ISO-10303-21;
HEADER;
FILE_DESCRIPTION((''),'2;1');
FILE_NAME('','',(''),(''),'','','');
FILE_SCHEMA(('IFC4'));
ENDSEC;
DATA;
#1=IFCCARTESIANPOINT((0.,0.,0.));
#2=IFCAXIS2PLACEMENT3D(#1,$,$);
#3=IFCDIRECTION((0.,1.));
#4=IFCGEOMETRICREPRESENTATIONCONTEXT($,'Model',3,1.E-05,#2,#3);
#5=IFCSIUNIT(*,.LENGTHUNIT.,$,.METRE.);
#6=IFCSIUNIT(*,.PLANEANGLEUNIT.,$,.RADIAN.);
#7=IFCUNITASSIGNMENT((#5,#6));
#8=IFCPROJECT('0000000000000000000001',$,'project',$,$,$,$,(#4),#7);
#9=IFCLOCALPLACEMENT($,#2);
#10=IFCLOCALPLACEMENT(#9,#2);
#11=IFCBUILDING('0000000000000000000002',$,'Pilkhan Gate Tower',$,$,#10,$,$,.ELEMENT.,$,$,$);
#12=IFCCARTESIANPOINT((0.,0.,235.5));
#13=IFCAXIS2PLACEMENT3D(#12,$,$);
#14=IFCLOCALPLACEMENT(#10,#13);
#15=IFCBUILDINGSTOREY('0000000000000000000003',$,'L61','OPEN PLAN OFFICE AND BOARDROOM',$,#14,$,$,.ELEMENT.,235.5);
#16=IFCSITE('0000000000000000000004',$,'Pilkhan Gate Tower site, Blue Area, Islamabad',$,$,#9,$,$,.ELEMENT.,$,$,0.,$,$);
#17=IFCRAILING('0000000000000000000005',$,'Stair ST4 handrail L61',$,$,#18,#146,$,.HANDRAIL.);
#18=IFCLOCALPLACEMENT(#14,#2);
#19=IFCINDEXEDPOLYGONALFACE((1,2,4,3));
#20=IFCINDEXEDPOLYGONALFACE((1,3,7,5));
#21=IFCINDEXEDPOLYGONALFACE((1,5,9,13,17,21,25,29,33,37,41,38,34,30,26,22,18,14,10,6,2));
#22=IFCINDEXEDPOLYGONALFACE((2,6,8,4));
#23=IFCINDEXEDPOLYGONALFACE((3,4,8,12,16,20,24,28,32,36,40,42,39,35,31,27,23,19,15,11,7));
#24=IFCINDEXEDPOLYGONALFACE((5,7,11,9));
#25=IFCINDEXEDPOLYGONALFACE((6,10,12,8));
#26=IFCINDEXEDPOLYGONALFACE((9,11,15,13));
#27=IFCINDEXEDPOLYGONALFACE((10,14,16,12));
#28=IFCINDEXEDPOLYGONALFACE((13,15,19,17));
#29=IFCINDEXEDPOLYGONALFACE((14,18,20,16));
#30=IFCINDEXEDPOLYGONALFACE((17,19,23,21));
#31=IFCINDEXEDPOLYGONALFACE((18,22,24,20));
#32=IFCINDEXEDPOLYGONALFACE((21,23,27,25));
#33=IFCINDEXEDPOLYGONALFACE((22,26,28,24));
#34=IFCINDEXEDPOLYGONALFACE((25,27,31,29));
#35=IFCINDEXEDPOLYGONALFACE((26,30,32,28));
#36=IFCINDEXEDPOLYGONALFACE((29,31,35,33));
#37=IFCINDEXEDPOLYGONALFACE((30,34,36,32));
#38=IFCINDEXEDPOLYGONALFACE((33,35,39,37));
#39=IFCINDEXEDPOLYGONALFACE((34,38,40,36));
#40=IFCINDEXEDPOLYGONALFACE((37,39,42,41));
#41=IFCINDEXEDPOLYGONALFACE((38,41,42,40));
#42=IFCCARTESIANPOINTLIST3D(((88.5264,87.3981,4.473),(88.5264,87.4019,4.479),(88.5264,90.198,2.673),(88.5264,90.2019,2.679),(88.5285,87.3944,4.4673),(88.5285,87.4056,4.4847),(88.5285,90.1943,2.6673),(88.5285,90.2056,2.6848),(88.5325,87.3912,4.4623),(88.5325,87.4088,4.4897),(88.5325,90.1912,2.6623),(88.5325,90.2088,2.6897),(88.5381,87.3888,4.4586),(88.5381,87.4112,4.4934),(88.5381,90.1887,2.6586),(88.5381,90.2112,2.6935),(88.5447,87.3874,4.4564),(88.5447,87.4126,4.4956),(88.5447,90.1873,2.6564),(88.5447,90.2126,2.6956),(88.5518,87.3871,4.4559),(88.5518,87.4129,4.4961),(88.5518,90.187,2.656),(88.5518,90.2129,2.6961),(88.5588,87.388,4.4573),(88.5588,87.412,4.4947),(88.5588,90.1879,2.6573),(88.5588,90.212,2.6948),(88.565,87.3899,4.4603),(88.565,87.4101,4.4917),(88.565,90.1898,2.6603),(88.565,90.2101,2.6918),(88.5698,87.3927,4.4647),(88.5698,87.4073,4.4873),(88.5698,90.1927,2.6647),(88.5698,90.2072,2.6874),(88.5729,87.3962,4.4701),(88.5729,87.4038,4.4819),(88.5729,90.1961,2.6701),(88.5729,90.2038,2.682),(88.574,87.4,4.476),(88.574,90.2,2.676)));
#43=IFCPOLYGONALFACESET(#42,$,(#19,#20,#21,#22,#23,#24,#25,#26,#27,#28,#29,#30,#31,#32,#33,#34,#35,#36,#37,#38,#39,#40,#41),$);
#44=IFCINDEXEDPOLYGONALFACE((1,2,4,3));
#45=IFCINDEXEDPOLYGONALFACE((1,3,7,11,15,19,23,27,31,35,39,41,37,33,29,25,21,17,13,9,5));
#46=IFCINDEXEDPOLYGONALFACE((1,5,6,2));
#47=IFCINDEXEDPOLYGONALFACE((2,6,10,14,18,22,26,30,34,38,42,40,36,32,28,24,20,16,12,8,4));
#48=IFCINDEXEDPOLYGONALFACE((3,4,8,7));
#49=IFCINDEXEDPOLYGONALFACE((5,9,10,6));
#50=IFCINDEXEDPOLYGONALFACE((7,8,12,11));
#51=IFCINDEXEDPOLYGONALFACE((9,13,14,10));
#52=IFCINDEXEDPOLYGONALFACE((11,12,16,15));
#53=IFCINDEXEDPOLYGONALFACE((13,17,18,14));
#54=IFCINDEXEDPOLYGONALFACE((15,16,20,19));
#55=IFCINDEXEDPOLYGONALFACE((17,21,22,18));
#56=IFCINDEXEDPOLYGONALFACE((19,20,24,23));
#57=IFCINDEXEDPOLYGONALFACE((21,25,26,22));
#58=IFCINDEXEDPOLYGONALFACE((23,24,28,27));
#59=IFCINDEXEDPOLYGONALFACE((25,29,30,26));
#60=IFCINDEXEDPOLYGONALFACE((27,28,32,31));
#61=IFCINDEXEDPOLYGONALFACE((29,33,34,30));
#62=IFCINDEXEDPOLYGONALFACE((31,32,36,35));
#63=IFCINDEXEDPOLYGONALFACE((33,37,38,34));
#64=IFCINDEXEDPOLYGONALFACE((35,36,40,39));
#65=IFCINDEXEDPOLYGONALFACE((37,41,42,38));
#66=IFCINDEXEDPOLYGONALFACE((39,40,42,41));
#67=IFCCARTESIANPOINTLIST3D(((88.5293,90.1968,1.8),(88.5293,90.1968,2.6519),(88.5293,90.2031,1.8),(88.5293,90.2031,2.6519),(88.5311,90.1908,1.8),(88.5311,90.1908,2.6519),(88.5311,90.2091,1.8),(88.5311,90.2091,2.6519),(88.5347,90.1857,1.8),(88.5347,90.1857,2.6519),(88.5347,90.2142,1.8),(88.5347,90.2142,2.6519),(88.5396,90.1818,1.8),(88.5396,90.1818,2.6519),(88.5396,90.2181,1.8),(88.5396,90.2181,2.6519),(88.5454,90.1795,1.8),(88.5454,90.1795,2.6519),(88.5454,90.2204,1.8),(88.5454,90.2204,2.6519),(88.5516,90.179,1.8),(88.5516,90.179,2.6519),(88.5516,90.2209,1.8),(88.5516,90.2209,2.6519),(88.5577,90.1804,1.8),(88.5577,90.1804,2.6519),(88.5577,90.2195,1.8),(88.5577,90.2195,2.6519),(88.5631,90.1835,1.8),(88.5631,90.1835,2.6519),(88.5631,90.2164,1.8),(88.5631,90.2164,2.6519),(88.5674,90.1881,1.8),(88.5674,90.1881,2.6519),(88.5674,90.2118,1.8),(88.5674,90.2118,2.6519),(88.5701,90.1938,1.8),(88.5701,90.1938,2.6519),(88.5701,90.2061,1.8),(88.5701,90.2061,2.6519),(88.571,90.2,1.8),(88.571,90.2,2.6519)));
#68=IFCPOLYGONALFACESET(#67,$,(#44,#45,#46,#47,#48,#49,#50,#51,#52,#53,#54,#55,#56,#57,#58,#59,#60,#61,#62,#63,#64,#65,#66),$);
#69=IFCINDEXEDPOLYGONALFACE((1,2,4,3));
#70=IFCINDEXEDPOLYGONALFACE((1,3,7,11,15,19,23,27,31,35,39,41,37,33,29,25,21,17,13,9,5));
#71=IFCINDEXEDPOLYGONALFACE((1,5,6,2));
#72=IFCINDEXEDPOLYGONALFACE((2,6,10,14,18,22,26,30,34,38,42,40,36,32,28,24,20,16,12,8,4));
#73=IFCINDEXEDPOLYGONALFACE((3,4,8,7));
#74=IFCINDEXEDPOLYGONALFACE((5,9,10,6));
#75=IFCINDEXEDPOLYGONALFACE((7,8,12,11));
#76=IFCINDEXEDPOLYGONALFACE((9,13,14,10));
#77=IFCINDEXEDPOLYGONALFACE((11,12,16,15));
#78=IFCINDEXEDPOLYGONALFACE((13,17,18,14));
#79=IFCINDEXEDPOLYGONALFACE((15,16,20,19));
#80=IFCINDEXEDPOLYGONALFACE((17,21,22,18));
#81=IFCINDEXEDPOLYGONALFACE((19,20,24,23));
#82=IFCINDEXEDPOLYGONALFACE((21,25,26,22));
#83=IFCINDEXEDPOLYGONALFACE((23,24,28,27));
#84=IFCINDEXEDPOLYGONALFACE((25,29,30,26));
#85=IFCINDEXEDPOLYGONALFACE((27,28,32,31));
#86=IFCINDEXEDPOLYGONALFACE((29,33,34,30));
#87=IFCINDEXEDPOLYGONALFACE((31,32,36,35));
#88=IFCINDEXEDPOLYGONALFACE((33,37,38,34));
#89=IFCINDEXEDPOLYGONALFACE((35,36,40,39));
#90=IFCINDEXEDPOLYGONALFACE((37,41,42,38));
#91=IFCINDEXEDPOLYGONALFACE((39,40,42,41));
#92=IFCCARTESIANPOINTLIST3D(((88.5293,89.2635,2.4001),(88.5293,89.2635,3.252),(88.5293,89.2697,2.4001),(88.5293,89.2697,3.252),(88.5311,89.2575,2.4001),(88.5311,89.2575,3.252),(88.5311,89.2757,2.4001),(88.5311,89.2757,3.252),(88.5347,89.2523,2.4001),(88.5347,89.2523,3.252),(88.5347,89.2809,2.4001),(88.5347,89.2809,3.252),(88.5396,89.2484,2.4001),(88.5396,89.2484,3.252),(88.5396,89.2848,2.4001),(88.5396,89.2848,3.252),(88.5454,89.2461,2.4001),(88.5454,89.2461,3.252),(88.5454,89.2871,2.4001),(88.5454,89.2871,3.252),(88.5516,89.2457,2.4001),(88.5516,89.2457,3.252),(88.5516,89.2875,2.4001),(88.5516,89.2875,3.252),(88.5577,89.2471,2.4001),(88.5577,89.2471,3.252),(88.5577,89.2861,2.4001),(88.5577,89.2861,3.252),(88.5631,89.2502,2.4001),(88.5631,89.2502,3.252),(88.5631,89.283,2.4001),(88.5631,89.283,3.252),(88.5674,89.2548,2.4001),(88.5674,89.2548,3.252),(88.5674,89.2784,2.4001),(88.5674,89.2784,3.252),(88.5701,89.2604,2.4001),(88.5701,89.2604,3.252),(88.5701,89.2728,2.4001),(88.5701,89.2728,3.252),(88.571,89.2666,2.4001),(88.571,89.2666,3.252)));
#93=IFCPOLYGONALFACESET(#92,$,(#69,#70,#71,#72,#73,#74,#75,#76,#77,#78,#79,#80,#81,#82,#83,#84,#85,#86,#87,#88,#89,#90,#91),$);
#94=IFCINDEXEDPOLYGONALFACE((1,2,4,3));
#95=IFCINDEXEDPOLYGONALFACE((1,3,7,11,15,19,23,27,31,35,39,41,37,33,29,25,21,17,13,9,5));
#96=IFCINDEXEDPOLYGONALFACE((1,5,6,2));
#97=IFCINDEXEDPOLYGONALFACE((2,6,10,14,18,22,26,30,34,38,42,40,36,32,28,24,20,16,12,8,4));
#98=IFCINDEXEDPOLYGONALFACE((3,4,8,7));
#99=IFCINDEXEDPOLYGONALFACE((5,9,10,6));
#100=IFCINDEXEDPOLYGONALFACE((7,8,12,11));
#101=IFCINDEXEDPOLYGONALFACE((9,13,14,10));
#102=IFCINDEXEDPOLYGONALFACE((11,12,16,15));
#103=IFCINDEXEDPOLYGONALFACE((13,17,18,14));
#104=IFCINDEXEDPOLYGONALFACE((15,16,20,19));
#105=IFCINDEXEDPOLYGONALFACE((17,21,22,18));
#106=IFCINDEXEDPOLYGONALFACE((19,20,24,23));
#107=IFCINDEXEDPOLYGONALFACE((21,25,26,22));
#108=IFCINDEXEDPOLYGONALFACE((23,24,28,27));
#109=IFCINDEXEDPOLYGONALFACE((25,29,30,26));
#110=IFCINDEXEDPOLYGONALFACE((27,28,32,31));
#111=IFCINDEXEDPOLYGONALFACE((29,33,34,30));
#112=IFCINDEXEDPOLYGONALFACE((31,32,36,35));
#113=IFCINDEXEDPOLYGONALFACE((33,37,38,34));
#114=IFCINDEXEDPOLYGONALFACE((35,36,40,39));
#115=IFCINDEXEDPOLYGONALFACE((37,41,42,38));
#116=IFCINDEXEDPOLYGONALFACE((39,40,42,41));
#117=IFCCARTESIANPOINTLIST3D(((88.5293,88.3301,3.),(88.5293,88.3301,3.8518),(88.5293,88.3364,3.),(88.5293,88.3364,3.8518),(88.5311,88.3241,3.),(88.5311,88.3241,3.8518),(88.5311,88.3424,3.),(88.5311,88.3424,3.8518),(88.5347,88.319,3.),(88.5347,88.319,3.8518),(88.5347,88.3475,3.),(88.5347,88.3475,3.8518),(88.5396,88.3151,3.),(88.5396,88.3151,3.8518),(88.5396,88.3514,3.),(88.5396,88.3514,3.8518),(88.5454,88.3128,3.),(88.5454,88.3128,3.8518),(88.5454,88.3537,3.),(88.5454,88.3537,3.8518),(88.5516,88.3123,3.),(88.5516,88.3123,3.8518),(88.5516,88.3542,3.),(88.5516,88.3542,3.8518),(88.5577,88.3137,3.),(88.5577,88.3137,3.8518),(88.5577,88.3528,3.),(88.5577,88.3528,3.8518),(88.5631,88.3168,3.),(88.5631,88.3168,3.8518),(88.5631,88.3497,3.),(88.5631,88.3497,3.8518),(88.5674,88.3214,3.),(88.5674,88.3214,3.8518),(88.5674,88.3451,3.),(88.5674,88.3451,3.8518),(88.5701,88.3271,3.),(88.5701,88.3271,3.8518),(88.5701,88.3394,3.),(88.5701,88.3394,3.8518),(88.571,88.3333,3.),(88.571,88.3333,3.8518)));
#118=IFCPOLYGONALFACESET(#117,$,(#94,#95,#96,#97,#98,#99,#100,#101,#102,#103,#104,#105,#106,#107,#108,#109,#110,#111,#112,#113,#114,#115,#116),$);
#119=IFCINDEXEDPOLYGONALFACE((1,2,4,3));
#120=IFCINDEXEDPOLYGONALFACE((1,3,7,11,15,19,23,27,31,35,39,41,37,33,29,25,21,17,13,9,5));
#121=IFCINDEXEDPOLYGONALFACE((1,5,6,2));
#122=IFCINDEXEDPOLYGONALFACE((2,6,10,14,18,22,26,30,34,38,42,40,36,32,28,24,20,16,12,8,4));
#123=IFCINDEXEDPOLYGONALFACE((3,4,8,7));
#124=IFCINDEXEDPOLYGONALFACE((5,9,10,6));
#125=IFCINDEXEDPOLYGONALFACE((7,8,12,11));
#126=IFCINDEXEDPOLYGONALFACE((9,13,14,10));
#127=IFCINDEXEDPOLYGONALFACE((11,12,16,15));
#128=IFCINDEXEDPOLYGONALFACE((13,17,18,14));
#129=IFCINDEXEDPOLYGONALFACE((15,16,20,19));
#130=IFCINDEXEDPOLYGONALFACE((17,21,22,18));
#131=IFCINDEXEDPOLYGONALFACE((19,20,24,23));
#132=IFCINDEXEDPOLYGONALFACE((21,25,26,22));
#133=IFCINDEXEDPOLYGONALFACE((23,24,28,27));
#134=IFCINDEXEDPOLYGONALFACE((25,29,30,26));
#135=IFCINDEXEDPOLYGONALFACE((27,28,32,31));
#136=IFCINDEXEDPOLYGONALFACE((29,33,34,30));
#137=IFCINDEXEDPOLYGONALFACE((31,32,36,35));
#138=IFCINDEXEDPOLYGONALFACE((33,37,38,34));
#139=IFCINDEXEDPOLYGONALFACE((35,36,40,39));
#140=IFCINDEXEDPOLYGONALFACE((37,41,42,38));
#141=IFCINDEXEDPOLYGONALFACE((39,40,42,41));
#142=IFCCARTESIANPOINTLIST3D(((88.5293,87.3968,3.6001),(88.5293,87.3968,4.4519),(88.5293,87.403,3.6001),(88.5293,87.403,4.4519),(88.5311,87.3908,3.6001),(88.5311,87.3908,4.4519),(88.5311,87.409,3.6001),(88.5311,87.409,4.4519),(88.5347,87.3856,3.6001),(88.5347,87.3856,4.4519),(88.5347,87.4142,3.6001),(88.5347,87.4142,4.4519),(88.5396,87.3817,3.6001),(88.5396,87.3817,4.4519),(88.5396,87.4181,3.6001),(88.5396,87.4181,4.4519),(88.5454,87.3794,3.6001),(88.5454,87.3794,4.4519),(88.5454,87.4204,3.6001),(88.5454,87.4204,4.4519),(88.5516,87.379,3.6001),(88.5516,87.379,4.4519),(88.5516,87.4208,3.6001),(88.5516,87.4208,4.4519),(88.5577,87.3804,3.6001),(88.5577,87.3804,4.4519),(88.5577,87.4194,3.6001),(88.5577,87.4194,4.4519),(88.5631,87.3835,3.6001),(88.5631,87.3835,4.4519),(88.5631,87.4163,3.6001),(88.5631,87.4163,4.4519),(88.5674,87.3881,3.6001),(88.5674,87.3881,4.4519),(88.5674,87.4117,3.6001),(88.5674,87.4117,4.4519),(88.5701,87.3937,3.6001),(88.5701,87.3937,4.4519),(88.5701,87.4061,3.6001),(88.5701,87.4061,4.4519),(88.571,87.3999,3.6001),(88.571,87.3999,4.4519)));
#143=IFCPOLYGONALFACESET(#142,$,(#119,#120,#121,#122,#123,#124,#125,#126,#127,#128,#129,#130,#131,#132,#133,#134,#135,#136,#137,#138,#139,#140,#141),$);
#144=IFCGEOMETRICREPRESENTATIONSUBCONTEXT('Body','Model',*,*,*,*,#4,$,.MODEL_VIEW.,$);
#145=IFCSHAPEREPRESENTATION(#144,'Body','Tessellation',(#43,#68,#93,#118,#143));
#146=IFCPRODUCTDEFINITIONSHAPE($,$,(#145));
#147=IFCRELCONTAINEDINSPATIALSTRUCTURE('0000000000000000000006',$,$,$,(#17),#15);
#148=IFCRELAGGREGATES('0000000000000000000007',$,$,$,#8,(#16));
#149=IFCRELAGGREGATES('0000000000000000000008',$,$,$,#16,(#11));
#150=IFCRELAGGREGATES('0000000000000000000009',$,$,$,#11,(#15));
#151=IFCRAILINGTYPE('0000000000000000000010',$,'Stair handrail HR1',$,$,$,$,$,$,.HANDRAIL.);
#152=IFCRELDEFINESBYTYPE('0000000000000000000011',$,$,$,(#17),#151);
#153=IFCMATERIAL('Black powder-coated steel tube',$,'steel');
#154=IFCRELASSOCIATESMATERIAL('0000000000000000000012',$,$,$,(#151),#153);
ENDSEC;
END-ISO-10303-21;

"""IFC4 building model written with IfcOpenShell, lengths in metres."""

from ifc_helpers import new_model, si_unit, direction, frame, origin, origin_2d, place, context, subcontext, project, spatial, circle, extrude, material, type_object, element, save


model = new_model("IFC4")

# Units and contexts
model_context = context("Model", 3, precision=1e-05, world=origin(), true_north=direction((0.0, 1.0)))
body_context = subcontext(model_context, "Body", "Model", "MODEL_VIEW")
ifc_project = project(units=[si_unit("LENGTHUNIT", "METRE"), si_unit("PLANEANGLEUNIT", "RADIAN")], contexts=[model_context])

# Site, building, storey
site_placement = place(None, origin())
site = spatial("IfcSite", under=ifc_project, at=site_placement, Name="Pilkhan Gate Tower site, Blue Area, Islamabad", CompositionType="ELEMENT", RefElevation=0.0)
building_placement = place(site_placement, origin())
building = spatial("IfcBuilding", under=site, at=building_placement, Name="Pilkhan Gate Tower", CompositionType="ELEMENT")
storey_placement = place(building_placement, frame((0.0, 0.0, 235.5)))
storey = spatial("IfcBuildingStorey", under=building, at=storey_placement, Name="L61", Description="OPEN PLAN OFFICE AND BOARDROOM", CompositionType="ELEMENT", Elevation=235.5)

# Railing
ifc_material_1 = material(Name="Black powder-coated steel tube", Category="steel")
railing_type_1 = type_object("IfcRailingType", Name="Stair handrail HR1", PredefinedType="HANDRAIL", material=ifc_material_1)
for number, where, name in (
    (1, (88.55, 90.2, 1.8), "Stair ST4 handrail L61"),
):
    element("IfcRailing", number, at=place(storey_placement, frame(where)), inside=storey, type_object=railing_type_1, Name=name, PredefinedType="HANDRAIL", context=body_context, shape_type="SweptSolid", body=[
        extrude(circle(Radius=0.0239, at=origin_2d()), frame((0.0, 0.0, 0.876), z_axis=(0.0, -0.841176, 0.540761), x_axis=(1.0, 0.0, 0.0)), (0.0, 0.0, 1.0), 3.3286),
        extrude(circle(Radius=0.021, at=origin_2d()), origin(), (0.0, 0.0, 1.0), 0.8518),
        extrude(circle(Radius=0.021, at=origin_2d()), frame((0.0, -0.9333, 0.6001)), (0.0, 0.0, 1.0), 0.8518),
        extrude(circle(Radius=0.021, at=origin_2d()), frame((0.0, -1.8667, 1.2)), (0.0, 0.0, 1.0), 0.8518),
        extrude(circle(Radius=0.021, at=origin_2d()), frame((0.0, -2.8, 1.8)), (0.0, 0.0, 1.0), 0.8518),
    ])

save(model, "model.ifc")
